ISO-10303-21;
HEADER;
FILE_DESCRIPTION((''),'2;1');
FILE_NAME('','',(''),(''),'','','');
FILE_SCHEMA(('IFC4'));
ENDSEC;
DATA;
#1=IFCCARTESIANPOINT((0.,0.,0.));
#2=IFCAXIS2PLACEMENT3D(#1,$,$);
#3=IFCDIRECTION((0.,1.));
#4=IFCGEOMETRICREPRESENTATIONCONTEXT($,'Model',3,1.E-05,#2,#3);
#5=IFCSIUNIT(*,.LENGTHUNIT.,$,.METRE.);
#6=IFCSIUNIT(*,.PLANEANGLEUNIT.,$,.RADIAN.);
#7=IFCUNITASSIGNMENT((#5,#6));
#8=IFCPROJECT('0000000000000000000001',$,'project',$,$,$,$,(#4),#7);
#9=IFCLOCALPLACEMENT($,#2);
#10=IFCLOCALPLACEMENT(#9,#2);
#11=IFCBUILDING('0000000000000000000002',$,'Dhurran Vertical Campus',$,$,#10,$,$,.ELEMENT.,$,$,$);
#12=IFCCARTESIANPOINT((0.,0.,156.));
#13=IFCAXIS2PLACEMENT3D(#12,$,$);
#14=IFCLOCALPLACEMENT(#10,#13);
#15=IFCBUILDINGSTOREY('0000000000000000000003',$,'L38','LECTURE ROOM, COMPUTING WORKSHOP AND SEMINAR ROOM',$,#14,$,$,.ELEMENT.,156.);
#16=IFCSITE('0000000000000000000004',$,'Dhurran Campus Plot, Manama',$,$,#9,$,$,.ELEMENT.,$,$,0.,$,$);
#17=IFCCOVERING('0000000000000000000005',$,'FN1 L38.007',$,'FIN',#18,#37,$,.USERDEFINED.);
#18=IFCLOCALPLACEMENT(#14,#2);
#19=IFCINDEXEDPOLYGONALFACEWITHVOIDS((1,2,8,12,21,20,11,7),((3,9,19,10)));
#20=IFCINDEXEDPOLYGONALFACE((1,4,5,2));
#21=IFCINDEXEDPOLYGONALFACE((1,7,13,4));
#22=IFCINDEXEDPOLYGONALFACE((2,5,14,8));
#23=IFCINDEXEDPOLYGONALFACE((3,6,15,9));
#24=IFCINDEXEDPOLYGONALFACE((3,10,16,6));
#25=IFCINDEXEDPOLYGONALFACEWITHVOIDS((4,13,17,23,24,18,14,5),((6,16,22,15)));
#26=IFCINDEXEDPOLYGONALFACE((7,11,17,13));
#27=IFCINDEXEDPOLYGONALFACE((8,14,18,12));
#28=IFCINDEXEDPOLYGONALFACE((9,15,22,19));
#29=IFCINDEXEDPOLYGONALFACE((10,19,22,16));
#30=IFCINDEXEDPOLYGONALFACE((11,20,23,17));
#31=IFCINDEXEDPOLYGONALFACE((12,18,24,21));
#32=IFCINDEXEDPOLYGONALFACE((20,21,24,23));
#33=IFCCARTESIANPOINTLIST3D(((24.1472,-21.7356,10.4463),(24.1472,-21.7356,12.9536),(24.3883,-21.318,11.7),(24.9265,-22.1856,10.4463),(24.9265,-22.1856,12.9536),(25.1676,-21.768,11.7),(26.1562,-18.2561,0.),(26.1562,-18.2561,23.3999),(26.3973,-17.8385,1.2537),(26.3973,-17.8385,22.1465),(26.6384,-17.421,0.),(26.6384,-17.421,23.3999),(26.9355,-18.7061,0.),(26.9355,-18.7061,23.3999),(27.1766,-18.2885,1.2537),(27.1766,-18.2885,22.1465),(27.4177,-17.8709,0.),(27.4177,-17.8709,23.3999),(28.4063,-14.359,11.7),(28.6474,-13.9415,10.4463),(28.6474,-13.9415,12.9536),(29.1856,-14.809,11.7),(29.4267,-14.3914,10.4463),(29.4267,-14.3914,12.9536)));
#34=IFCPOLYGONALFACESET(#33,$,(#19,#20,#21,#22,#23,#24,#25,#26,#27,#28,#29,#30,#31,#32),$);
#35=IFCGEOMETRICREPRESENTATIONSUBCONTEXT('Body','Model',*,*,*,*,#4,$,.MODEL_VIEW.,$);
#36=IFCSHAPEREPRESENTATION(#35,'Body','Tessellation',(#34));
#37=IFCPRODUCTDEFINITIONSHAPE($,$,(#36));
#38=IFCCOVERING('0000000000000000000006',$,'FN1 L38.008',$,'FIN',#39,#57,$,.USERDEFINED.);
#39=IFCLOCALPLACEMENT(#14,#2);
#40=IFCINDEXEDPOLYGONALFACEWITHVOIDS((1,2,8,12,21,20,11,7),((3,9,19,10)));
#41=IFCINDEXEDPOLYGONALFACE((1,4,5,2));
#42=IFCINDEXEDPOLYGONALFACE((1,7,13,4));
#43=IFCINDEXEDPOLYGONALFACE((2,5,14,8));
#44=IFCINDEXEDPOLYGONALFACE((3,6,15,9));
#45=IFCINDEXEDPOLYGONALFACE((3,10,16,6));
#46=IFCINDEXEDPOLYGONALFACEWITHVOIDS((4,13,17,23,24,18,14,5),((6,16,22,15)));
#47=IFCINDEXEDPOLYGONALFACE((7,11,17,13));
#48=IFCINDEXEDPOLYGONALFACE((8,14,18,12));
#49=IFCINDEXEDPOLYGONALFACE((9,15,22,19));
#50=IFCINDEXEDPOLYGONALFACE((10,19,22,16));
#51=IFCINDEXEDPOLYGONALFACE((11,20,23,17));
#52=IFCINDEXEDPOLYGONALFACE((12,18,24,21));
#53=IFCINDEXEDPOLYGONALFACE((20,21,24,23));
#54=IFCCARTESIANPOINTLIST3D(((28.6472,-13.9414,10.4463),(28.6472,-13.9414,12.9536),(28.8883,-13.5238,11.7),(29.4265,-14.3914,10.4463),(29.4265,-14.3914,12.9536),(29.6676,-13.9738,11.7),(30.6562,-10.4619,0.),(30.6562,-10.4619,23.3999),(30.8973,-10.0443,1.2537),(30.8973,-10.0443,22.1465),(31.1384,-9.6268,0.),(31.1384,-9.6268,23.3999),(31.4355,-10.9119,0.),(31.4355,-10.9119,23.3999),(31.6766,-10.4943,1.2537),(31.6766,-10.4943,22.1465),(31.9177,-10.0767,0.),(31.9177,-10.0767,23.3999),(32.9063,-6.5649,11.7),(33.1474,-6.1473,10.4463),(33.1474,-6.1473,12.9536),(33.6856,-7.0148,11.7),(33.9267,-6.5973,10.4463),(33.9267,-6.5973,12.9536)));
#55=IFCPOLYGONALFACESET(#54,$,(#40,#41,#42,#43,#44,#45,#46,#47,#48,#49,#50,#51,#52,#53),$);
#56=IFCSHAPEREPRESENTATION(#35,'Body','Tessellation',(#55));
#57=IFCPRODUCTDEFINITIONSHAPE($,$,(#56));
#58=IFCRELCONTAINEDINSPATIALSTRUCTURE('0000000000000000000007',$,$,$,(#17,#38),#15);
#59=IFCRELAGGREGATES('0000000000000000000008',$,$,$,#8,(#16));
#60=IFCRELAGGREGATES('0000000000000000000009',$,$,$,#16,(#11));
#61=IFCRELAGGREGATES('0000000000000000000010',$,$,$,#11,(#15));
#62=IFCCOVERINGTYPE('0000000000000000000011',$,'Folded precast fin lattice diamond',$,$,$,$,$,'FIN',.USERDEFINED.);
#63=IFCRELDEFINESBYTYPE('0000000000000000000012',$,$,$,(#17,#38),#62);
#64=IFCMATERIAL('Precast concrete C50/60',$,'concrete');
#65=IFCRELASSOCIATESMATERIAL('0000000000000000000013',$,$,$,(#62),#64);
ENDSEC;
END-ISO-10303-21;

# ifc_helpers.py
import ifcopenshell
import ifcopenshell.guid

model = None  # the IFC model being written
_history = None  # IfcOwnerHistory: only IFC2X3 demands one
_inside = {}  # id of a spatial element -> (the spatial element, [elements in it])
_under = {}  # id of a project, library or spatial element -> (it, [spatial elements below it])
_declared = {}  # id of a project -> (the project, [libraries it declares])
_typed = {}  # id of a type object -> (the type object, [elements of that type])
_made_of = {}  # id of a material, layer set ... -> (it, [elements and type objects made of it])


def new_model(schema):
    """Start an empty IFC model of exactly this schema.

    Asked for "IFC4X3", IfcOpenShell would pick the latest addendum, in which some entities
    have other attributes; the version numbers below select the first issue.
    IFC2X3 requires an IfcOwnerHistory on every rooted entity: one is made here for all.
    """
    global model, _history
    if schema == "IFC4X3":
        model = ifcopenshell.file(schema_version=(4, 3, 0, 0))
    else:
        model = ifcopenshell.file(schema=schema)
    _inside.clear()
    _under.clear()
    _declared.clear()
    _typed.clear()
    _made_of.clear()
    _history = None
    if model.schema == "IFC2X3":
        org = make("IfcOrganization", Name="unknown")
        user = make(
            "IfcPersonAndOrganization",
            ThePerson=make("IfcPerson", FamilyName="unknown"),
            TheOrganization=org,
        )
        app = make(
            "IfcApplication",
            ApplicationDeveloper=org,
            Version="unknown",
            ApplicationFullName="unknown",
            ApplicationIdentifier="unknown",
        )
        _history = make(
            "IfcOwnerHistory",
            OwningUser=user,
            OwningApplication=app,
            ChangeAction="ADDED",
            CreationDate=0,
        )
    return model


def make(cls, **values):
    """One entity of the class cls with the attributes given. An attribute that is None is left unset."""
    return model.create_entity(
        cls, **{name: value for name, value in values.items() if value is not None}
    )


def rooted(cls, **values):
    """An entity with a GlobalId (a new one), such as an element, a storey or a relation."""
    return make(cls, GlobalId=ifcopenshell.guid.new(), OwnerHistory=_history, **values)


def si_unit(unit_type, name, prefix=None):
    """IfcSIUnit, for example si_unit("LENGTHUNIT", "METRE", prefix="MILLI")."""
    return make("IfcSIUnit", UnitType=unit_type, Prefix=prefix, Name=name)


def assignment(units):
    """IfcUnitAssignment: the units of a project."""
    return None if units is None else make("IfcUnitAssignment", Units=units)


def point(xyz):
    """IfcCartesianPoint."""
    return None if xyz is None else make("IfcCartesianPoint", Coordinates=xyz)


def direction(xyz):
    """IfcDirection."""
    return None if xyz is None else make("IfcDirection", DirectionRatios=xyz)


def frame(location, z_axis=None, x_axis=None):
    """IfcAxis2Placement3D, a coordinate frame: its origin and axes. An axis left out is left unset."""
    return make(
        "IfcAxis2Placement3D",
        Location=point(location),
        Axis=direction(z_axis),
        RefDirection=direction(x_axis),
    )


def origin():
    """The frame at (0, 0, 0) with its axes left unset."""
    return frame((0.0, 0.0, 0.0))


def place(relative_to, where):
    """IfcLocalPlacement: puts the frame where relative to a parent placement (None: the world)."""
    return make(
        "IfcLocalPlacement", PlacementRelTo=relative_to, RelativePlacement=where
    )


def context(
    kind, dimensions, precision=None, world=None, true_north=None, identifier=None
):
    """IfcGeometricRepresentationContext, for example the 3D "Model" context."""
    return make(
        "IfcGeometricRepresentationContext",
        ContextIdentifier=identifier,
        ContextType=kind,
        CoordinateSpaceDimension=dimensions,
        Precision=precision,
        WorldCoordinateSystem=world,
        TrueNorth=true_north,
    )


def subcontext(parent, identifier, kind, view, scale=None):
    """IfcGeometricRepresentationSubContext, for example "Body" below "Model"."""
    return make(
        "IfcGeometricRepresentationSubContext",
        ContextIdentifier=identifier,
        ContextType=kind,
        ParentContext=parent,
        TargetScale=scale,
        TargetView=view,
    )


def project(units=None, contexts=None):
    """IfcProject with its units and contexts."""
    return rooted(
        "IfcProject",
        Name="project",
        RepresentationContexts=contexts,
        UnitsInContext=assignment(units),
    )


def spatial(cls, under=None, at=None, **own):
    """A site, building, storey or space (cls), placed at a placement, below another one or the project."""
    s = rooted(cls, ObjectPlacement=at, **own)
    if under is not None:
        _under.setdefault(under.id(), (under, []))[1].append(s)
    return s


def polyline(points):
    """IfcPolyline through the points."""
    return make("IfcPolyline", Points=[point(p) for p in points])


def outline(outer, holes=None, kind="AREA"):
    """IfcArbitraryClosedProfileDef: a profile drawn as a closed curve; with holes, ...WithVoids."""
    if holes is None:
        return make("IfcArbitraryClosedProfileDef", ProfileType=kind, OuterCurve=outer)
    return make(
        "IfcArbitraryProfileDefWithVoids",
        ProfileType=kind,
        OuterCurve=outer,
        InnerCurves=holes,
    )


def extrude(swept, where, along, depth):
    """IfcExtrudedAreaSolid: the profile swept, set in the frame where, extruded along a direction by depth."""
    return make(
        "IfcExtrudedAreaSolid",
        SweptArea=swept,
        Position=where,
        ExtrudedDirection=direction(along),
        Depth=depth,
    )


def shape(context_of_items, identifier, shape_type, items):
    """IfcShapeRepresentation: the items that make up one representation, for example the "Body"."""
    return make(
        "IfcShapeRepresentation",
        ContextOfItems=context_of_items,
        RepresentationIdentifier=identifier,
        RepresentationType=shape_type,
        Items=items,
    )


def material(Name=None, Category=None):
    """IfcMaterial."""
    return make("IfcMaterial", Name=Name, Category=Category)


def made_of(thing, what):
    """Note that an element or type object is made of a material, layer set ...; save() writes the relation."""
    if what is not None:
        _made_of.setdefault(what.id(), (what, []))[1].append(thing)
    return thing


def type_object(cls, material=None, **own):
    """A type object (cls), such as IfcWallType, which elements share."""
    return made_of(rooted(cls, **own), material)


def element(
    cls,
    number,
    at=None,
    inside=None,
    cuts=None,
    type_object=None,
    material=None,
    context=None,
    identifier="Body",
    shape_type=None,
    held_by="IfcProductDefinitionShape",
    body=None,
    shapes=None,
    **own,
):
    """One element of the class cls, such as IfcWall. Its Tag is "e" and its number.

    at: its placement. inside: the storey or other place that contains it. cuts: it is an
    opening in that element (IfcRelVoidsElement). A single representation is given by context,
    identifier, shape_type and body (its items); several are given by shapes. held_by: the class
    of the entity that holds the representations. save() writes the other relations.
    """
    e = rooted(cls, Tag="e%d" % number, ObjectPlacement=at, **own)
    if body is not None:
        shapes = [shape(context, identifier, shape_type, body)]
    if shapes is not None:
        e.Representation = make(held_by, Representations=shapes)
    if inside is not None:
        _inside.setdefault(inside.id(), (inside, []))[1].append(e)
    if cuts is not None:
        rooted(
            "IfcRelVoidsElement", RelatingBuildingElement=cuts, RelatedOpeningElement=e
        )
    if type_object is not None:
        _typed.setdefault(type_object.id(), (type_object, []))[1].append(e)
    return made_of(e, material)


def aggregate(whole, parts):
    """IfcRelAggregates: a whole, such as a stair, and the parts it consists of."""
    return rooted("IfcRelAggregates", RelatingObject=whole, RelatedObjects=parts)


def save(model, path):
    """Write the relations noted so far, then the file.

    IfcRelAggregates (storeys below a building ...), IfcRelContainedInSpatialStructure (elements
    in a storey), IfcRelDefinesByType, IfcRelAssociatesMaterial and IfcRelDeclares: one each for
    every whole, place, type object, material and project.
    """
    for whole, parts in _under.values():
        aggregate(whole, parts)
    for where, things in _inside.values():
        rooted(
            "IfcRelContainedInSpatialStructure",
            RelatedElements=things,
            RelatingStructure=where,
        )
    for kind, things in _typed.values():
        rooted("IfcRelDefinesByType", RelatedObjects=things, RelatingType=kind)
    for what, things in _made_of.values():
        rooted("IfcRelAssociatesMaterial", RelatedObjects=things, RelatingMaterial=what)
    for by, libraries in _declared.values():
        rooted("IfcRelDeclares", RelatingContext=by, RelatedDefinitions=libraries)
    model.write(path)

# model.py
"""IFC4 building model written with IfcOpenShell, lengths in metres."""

from ifc_helpers import new_model, si_unit, direction, frame, origin, place, context, subcontext, project, spatial, polyline, outline, extrude, material, type_object, element, save


model = new_model("IFC4")

# Units and contexts
model_context = context("Model", 3, precision=1e-05, world=origin(), true_north=direction((0.0, 1.0)))
body_context = subcontext(model_context, "Body", "Model", "MODEL_VIEW")
ifc_project = project(units=[si_unit("LENGTHUNIT", "METRE"), si_unit("PLANEANGLEUNIT", "RADIAN")], contexts=[model_context])

# Site, building, storey
site_placement = place(None, origin())
site = spatial("IfcSite", under=ifc_project, at=site_placement, Name="Dhurran Campus Plot, Manama", CompositionType="ELEMENT", RefElevation=0.0)
building_placement = place(site_placement, origin())
building = spatial("IfcBuilding", under=site, at=building_placement, Name="Dhurran Vertical Campus", CompositionType="ELEMENT")
storey_placement = place(building_placement, frame((0.0, 0.0, 156.0)))
storey = spatial("IfcBuildingStorey", under=building, at=storey_placement, Name="L38", Description="LECTURE ROOM, COMPUTING WORKSHOP AND SEMINAR ROOM", CompositionType="ELEMENT", Elevation=156.0)

# Coverings
ifc_material_1 = material(Name="Precast concrete C50/60", Category="concrete")
covering_type = type_object("IfcCoveringType", Name="Folded precast fin lattice diamond", ElementType="FIN", PredefinedType="USERDEFINED", material=ifc_material_1)
for number, where, z_axis, x_axis, name in (
    (1, (24.1472, -21.7356, 0.0), (0.866014, -0.50002, 0.0), (0.50002, 0.866014, 0.0), "FN1 L38.007"),
    (2, (28.6472, -13.9414, 0.0), (0.866014, -0.50002, 0.0), (0.50002, 0.866014, 0.0), "FN1 L38.008"),
):
    element("IfcCovering", number, at=place(storey_placement, frame(where, z_axis=z_axis, x_axis=x_axis)), inside=storey, type_object=covering_type, Name=name, ObjectType="FIN", PredefinedType="USERDEFINED", context=body_context, shape_type="SweptSolid", body=[
        extrude(outline(polyline([(9.0, 12.9536), (9.0, 10.4463), (4.9822, 0.0), (4.0178, 0.0), (0.0, 10.4463), (0.0, 12.9536), (4.0178, 23.3999), (4.9822, 23.3999), (9.0, 12.9536)]), holes=[polyline([(8.5178, 11.7), (4.5, 22.1465), (0.4822, 11.7), (4.5, 1.2537), (8.5178, 11.7)])]), origin(), (0.0, 0.0, 1.0), 0.8999),
    ])

save(model, "model.ifc")
